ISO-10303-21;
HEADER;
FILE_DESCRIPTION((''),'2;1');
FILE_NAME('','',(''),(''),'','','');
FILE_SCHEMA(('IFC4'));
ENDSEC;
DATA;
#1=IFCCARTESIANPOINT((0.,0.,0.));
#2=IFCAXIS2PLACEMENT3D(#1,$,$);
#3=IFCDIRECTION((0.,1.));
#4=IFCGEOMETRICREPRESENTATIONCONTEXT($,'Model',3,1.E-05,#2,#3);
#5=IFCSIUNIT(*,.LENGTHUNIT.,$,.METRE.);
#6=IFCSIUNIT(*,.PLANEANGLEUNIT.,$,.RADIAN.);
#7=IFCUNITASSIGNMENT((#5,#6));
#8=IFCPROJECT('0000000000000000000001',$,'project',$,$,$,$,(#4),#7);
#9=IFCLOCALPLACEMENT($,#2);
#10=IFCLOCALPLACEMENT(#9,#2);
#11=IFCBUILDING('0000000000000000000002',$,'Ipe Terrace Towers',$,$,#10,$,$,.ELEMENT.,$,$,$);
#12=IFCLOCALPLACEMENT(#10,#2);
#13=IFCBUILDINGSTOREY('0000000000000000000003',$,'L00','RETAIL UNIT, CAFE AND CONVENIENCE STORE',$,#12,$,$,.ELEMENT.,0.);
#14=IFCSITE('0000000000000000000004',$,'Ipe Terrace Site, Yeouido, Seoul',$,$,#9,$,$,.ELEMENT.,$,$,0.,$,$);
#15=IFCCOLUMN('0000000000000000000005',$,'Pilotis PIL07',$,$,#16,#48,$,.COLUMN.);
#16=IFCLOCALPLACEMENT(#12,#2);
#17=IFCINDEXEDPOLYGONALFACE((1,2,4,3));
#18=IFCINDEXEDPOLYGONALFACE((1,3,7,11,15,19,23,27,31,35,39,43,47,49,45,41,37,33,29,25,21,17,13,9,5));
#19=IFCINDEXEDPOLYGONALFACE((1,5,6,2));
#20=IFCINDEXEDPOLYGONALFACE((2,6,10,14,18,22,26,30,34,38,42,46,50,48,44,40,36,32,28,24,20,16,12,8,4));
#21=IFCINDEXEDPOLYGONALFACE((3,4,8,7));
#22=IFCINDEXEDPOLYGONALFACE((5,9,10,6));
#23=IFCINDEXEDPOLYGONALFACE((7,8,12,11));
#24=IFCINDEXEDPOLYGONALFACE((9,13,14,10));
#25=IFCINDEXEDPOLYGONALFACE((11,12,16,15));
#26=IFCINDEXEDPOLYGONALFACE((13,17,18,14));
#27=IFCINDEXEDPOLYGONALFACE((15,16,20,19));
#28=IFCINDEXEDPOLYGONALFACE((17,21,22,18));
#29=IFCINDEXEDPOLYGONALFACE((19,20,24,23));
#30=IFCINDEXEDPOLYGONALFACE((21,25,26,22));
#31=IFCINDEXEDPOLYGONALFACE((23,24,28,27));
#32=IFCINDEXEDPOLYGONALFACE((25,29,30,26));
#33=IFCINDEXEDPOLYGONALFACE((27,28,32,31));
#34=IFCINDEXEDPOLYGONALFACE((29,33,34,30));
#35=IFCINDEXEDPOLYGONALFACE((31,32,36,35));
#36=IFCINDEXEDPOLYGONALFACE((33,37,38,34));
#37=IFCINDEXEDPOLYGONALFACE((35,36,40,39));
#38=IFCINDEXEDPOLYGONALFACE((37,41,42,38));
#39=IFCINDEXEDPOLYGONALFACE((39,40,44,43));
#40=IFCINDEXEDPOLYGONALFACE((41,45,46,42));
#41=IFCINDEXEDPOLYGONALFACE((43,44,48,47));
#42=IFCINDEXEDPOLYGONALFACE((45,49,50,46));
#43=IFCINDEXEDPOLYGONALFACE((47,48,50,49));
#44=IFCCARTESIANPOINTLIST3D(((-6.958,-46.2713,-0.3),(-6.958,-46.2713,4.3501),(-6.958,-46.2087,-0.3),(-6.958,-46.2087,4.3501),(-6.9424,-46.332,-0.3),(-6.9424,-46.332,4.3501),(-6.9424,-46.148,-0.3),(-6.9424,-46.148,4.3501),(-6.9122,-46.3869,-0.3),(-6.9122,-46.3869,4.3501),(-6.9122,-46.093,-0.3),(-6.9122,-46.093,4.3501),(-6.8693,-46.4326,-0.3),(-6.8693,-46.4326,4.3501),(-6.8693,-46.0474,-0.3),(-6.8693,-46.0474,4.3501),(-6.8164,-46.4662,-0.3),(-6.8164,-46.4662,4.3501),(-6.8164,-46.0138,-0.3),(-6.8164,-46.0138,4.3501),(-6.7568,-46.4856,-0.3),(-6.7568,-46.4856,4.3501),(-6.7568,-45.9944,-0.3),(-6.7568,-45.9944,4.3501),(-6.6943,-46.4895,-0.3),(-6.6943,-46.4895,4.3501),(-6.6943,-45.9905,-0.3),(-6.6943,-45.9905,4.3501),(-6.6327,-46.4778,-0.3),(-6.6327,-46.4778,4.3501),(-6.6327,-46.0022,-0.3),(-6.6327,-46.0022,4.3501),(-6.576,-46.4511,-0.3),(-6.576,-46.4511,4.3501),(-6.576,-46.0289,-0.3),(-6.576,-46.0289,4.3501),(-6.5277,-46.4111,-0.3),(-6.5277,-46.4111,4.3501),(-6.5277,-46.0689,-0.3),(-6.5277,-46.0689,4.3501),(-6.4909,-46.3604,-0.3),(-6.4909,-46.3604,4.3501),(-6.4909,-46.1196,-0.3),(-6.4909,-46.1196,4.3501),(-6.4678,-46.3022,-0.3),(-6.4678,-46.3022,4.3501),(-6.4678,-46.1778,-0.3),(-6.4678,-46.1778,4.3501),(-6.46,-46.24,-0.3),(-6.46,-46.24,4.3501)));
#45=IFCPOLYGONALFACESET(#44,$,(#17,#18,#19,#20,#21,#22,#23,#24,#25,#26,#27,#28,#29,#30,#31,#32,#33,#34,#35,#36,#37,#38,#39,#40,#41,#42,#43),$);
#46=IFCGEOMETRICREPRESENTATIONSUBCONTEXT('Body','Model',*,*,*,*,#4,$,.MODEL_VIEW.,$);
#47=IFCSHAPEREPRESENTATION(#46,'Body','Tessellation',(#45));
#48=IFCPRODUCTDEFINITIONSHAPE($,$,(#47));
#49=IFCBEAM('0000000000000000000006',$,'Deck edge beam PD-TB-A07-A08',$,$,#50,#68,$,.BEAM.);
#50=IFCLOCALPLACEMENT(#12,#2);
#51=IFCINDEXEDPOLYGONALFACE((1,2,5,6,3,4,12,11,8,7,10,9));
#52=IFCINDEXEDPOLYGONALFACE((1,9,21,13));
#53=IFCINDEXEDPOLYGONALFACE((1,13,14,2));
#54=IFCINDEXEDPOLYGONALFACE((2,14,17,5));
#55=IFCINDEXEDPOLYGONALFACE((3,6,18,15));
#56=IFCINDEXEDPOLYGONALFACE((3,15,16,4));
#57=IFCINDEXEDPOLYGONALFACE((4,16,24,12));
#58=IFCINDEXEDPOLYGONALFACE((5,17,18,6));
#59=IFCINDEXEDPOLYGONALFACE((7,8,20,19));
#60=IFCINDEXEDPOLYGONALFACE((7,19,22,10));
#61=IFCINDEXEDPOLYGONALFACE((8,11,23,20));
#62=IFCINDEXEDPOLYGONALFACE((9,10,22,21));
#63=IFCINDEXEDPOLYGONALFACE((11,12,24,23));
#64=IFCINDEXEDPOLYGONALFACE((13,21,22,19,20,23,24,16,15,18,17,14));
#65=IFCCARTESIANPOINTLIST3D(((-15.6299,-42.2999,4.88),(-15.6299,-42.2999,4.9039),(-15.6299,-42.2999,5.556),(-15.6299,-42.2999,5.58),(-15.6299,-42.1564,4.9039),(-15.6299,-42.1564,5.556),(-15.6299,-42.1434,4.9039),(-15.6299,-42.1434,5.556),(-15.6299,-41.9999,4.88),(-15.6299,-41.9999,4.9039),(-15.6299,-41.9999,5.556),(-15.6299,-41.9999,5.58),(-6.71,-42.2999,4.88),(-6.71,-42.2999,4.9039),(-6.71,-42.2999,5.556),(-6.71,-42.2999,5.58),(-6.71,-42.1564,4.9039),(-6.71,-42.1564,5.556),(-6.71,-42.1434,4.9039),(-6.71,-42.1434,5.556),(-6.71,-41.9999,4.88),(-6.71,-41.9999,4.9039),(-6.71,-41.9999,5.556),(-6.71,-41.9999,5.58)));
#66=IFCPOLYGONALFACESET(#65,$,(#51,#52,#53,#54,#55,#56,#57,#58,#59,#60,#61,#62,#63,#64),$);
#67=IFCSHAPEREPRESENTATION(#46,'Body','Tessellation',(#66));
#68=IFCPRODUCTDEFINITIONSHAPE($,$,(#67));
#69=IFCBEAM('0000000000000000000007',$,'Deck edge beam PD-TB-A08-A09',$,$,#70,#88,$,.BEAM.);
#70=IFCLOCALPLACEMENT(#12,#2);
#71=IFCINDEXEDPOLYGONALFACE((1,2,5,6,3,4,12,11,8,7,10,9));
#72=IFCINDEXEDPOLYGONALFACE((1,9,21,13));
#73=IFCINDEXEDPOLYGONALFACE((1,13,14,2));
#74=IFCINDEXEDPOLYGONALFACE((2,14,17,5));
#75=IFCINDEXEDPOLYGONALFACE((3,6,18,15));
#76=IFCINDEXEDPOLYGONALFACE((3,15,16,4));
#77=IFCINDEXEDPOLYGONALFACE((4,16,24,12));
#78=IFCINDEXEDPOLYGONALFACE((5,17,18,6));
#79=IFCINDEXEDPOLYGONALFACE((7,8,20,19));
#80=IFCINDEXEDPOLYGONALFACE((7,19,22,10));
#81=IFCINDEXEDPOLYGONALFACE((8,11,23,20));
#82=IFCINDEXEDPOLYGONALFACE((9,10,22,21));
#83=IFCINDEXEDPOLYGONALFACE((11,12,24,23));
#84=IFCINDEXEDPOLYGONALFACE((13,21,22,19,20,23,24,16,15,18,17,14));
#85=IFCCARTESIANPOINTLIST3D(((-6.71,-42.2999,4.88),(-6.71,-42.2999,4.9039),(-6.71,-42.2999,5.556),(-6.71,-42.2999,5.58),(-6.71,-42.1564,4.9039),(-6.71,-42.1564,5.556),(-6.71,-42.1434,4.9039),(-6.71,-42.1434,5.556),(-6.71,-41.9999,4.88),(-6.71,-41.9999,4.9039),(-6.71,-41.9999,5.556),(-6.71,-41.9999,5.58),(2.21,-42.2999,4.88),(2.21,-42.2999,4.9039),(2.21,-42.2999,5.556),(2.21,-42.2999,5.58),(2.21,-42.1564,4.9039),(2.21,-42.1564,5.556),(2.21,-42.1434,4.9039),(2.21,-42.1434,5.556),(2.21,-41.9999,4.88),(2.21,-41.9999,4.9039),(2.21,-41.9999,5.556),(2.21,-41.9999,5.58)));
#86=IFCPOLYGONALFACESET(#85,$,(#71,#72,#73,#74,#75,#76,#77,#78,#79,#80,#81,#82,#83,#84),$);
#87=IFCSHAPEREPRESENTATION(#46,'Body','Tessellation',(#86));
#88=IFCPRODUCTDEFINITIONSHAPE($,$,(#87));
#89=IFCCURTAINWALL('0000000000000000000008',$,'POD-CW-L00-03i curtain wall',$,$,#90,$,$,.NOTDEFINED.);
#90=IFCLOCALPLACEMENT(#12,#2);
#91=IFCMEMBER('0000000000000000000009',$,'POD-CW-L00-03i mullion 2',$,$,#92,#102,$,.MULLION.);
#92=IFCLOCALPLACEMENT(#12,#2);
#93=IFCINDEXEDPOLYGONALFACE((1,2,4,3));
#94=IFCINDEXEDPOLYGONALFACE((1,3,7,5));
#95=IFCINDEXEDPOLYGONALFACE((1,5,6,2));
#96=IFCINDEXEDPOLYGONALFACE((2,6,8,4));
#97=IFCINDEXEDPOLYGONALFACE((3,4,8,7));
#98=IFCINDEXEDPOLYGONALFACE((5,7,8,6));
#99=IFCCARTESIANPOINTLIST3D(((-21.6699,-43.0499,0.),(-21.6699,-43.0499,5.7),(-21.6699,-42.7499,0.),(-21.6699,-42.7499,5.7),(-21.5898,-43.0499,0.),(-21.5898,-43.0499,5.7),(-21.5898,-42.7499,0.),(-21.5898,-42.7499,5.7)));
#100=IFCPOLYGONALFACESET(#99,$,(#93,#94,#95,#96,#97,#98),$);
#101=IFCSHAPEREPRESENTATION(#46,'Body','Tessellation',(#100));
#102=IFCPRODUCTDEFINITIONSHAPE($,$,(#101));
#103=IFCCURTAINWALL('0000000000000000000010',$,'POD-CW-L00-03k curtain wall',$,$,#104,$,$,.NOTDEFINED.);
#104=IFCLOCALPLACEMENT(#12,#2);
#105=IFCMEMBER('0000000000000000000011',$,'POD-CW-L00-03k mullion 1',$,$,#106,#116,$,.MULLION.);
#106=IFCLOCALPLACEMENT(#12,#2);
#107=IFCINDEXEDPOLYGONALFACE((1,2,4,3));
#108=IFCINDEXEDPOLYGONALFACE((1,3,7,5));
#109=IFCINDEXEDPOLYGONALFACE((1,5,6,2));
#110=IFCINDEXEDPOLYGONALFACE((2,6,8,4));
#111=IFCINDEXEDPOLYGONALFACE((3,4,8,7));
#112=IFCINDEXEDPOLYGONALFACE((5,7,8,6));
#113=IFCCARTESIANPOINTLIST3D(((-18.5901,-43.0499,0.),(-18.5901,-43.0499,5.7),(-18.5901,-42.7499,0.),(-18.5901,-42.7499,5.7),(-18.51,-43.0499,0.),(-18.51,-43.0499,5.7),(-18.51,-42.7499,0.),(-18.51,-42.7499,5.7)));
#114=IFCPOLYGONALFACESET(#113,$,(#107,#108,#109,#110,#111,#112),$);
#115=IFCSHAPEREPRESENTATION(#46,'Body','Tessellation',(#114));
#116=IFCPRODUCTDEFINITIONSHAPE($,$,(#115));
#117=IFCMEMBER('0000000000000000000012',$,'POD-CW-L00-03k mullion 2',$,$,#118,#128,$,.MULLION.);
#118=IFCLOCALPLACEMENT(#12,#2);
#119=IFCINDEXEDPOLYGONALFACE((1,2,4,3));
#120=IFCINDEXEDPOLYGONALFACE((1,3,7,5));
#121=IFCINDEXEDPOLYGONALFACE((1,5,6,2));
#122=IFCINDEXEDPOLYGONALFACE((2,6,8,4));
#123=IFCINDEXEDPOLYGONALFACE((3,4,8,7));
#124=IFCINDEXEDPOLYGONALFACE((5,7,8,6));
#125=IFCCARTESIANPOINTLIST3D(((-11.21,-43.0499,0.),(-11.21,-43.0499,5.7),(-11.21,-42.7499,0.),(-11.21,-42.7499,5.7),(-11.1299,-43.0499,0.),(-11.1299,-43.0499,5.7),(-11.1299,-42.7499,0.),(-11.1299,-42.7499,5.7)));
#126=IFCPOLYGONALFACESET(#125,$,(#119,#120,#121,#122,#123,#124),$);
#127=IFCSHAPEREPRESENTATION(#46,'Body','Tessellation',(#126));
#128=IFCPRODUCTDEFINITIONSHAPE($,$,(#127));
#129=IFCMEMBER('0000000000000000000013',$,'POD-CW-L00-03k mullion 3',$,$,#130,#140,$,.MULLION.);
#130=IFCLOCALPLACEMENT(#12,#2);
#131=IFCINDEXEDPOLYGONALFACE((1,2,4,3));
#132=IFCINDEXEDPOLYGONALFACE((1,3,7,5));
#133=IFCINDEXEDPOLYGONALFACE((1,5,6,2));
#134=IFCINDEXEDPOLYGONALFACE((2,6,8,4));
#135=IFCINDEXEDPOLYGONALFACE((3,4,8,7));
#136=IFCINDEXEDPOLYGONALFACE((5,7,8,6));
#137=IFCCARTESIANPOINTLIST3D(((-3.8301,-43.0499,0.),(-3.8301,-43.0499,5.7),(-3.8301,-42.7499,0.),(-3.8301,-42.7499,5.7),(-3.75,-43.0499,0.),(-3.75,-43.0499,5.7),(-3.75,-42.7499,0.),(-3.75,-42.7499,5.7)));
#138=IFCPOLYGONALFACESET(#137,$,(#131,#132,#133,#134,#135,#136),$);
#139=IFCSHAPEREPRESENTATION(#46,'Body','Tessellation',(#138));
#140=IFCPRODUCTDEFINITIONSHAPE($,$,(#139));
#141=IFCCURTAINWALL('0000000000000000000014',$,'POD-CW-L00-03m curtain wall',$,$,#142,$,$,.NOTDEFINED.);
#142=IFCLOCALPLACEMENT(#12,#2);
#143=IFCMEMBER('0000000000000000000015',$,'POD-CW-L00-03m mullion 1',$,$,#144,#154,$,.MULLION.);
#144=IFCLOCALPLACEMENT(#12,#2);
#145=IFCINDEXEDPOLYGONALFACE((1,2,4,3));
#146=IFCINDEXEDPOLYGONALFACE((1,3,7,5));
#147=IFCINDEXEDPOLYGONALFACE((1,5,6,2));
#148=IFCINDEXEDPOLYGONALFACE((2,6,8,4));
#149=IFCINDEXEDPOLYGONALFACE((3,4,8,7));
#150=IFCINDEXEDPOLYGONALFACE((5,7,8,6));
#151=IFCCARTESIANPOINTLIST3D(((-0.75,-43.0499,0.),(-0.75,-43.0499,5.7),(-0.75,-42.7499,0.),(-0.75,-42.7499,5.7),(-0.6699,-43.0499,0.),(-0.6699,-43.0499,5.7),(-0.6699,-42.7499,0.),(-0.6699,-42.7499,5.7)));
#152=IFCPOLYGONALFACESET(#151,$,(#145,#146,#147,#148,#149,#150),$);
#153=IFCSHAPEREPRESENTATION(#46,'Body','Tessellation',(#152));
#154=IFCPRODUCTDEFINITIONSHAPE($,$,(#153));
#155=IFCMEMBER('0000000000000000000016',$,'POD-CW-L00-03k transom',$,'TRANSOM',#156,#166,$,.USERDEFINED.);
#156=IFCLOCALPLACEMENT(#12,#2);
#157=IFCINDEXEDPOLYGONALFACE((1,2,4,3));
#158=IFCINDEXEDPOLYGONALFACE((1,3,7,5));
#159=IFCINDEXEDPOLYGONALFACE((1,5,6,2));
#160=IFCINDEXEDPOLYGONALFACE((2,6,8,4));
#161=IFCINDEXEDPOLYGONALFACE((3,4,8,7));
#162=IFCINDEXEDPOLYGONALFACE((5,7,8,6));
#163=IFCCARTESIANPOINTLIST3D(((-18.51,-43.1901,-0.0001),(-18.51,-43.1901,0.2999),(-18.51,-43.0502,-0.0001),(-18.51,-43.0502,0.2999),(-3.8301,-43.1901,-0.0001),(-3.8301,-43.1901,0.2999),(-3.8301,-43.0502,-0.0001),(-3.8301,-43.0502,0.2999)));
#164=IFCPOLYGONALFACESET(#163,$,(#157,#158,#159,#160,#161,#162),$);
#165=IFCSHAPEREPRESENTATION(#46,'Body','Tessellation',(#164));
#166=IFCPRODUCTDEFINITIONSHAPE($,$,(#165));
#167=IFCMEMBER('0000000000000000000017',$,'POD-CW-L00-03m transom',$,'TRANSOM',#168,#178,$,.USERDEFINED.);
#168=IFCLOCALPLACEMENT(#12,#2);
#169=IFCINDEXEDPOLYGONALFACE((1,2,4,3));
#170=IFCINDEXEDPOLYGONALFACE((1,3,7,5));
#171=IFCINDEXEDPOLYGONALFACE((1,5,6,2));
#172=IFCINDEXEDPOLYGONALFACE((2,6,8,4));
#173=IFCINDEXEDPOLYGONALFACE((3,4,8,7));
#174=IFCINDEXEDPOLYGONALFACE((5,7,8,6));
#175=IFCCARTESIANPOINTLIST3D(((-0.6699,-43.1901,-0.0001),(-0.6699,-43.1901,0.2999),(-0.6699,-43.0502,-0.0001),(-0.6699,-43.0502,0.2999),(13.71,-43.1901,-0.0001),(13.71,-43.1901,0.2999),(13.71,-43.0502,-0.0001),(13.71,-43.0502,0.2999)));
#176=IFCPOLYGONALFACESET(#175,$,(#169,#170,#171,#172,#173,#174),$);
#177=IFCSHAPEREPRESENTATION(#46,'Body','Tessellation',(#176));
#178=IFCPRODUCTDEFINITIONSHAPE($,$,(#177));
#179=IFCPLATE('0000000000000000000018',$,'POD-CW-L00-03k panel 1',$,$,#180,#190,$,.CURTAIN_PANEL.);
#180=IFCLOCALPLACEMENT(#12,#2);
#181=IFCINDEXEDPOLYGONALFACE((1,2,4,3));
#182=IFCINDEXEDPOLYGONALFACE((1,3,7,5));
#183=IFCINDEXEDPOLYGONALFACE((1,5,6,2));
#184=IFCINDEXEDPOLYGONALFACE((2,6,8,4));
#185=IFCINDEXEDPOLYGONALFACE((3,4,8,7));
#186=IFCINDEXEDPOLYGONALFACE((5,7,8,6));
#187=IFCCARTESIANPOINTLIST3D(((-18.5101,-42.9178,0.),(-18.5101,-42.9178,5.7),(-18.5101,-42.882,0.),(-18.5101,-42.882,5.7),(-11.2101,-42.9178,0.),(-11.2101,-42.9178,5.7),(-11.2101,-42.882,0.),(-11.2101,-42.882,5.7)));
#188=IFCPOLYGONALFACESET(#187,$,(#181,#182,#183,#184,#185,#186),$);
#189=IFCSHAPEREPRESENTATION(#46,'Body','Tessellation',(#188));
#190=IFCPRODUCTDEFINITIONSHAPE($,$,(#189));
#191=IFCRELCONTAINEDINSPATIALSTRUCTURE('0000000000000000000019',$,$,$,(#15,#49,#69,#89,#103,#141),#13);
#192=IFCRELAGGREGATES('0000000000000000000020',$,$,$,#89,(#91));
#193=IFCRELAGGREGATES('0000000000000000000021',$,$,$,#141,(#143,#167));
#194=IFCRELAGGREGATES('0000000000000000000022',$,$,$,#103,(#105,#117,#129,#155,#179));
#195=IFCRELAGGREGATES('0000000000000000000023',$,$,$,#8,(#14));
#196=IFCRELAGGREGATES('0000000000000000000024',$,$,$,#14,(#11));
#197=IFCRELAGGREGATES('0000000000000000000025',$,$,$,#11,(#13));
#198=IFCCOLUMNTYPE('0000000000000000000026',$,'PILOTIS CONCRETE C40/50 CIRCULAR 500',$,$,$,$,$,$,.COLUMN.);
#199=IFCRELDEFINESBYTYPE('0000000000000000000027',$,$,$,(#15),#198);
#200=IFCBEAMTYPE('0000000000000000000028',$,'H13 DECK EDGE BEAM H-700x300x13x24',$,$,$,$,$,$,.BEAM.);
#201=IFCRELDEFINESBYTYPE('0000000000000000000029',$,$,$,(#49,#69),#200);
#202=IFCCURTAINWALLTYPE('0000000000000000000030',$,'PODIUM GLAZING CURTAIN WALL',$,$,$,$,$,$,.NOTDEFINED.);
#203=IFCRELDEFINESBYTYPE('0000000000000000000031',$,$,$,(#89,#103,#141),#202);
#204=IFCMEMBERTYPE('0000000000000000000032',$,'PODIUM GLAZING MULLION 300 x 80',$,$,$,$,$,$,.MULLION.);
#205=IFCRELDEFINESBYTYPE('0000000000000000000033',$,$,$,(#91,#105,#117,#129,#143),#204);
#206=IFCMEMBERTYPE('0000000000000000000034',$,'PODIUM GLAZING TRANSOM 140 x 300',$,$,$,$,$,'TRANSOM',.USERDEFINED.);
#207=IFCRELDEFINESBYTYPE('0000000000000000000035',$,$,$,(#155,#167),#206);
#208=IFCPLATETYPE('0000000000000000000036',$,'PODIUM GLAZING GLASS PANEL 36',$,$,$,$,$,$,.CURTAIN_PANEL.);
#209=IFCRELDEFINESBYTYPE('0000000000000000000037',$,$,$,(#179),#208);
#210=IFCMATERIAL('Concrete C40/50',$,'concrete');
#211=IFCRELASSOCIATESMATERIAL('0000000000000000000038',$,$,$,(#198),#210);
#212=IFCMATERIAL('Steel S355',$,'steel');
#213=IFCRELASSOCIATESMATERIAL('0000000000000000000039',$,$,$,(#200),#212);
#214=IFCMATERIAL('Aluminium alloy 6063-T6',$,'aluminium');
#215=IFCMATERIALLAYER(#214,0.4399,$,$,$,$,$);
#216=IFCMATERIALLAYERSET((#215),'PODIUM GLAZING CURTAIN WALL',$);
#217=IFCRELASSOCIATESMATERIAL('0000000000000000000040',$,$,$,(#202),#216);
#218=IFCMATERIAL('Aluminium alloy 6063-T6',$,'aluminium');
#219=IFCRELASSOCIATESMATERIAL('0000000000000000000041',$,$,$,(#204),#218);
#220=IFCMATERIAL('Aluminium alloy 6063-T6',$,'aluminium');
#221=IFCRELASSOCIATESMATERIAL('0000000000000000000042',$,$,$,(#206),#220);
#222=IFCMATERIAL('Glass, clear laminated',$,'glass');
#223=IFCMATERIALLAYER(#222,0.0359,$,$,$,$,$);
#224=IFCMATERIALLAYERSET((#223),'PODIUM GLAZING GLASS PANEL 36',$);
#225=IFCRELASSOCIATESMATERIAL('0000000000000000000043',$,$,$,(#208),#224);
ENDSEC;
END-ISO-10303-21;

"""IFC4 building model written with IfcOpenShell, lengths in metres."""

from ifc_helpers import new_model, si_unit, direction, frame, origin, origin_2d, place, context, subcontext, project, spatial, rectangle, circle, i_section, extrude, material, layer, layer_set, material_profile, profile_set, type_object, element, aggregate, save


model = new_model("IFC4")

# Units and contexts
model_context = context("Model", 3, precision=1e-05, world=origin(), true_north=direction((0.0, 1.0)))
body_context = subcontext(model_context, "Body", "Model", "MODEL_VIEW")
ifc_project = project(units=[si_unit("LENGTHUNIT", "METRE"), si_unit("PLANEANGLEUNIT", "RADIAN")], contexts=[model_context])

# Site, building, storey
site_placement = place(None, origin())
site = spatial("IfcSite", under=ifc_project, at=site_placement, Name="Ipe Terrace Site, Yeouido, Seoul", CompositionType="ELEMENT", RefElevation=0.0)
building_placement = place(site_placement, origin())
building = spatial("IfcBuilding", under=site, at=building_placement, Name="Ipe Terrace Towers", CompositionType="ELEMENT")
storey_placement = place(building_placement, origin())
storey = spatial("IfcBuildingStorey", under=building, at=storey_placement, Name="L00", Description="RETAIL UNIT, CAFE AND CONVENIENCE STORE", CompositionType="ELEMENT", Elevation=0.0)

# Column
ifc_material_1 = material(Name="Concrete C40/50", Category="concrete")
ifc_material_profile_1 = material_profile(ifc_material_1, circle(Radius=0.25, at=origin_2d()), Name="PILOTIS CONCRETE C40/50 CIRCULAR 500")
ifc_profile_set_1 = profile_set([ifc_material_profile_1], Name="Concrete C40/50")
column_type_1 = type_object("IfcColumnType", Name="PILOTIS CONCRETE C40/50 CIRCULAR 500", PredefinedType="COLUMN", material=ifc_profile_set_1)
for number, where, z_axis, x_axis, name in (
    (1, (-6.71, -46.24, -0.3), (0.0, 0.0, 1.0), (1.0, 0.0, 0.0), "Pilotis PIL07"),
):
    element("IfcColumn", number, at=place(storey_placement, frame(where, z_axis=z_axis, x_axis=x_axis)), inside=storey, type_object=column_type_1, Name=name, PredefinedType="COLUMN", context=body_context, shape_type="SweptSolid", body=[
        extrude(circle(Radius=0.25, at=origin_2d()), origin(), (0.0, 0.0, 1.0), 4.6501),
    ])

# Beams
ifc_material_2 = material(Name="Steel S355", Category="steel")
ifc_material_profile_2 = material_profile(ifc_material_2, i_section(OverallWidth=0.3, OverallDepth=0.7, WebThickness=0.0129, FlangeThickness=0.0239, at=origin_2d()), Name="H-700x300x13x24")
ifc_profile_set_2 = profile_set([ifc_material_profile_2], Name="Steel S355")
beam_type = type_object("IfcBeamType", Name="H13 DECK EDGE BEAM H-700x300x13x24", PredefinedType="BEAM", material=ifc_profile_set_2)
for number, where, z_axis, x_axis, name in (
    (2, (-15.6299, -42.1499, 5.23), (1.0, 0.0, 0.0), (0.0, 1.0, 0.0), "Deck edge beam PD-TB-A07-A08"),
    (3, (-6.71, -42.1499, 5.23), (1.0, 0.0, 0.0), (0.0, 1.0, 0.0), "Deck edge beam PD-TB-A08-A09"),
):
    element("IfcBeam", number, at=place(storey_placement, frame(where, z_axis=z_axis, x_axis=x_axis)), inside=storey, type_object=beam_type, Name=name, PredefinedType="BEAM", context=body_context, shape_type="SweptSolid", body=[
        extrude(i_section(OverallWidth=0.3, OverallDepth=0.7, WebThickness=0.0129, FlangeThickness=0.0239, at=origin_2d()), origin(), (0.0, 0.0, 1.0), 8.9199),
    ])

# Curtain wall, member
ifc_material_3 = material(Name="Aluminium alloy 6063-T6", Category="aluminium")
ifc_layer_1 = layer(ifc_material_3, 0.4399)
ifc_layer_set_1 = layer_set([ifc_layer_1], Name="PODIUM GLAZING CURTAIN WALL")
curtain_wall_type = type_object("IfcCurtainWallType", Name="PODIUM GLAZING CURTAIN WALL", PredefinedType="NOTDEFINED", material=ifc_layer_set_1)
curtain_wall_1_placement = place(storey_placement, origin())
curtain_wall_1 = element("IfcCurtainWall", 4, at=curtain_wall_1_placement, inside=storey, type_object=curtain_wall_type, Name="POD-CW-L00-03i curtain wall", PredefinedType="NOTDEFINED")
ifc_material_4 = material(Name="Aluminium alloy 6063-T6", Category="aluminium")
ifc_material_profile_3 = material_profile(ifc_material_4, rectangle(XDim=0.3, YDim=0.0801, at=origin_2d()), Name="PODIUM GLAZING MULLION 300 x 80")
ifc_profile_set_3 = profile_set([ifc_material_profile_3], Name="Aluminium alloy 6063-T6")
member_type_1 = type_object("IfcMemberType", Name="PODIUM GLAZING MULLION 300 x 80", PredefinedType="MULLION", material=ifc_profile_set_3)
member_1_placement = place(storey_placement, frame((-21.6299, -42.8999, 0.0), z_axis=(0.0, 0.0, 1.0), x_axis=(0.0, -1.0, 0.0)))
member_1 = element("IfcMember", 5, at=member_1_placement, type_object=member_type_1, Name="POD-CW-L00-03i mullion 2", PredefinedType="MULLION", context=body_context, shape_type="SweptSolid", body=[
    extrude(rectangle(XDim=0.3, YDim=0.0801, at=origin_2d()), origin(), (0.0, 0.0, 1.0), 5.7),
])
aggregate(curtain_wall_1, [member_1])

# Curtain wall, members
curtain_wall_2_placement = place(storey_placement, origin())
curtain_wall_2 = element("IfcCurtainWall", 6, at=curtain_wall_2_placement, inside=storey, type_object=curtain_wall_type, Name="POD-CW-L00-03k curtain wall", PredefinedType="NOTDEFINED")
member_2_placement = place(storey_placement, frame((-18.55, -42.8999, 0.0), z_axis=(0.0, 0.0, 1.0), x_axis=(0.0, -1.0, 0.0)))
member_2 = element("IfcMember", 7, at=member_2_placement, type_object=member_type_1, Name="POD-CW-L00-03k mullion 1", PredefinedType="MULLION", context=body_context, shape_type="SweptSolid", body=[
    extrude(rectangle(XDim=0.3, YDim=0.0801, at=origin_2d()), origin(), (0.0, 0.0, 1.0), 5.7),
])
member_3_placement = place(storey_placement, frame((-11.1699, -42.8999, 0.0), z_axis=(0.0, 0.0, 1.0), x_axis=(0.0, -1.0, 0.0)))
member_3 = element("IfcMember", 8, at=member_3_placement, type_object=member_type_1, Name="POD-CW-L00-03k mullion 2", PredefinedType="MULLION", context=body_context, shape_type="SweptSolid", body=[
    extrude(rectangle(XDim=0.3, YDim=0.0801, at=origin_2d()), origin(), (0.0, 0.0, 1.0), 5.7),
])
member_4_placement = place(storey_placement, frame((-3.79, -42.8999, 0.0), z_axis=(0.0, 0.0, 1.0), x_axis=(0.0, -1.0, 0.0)))
member_4 = element("IfcMember", 9, at=member_4_placement, type_object=member_type_1, Name="POD-CW-L00-03k mullion 3", PredefinedType="MULLION", context=body_context, shape_type="SweptSolid", body=[
    extrude(rectangle(XDim=0.3, YDim=0.0801, at=origin_2d()), origin(), (0.0, 0.0, 1.0), 5.7),
])

# Curtain wall, member
curtain_wall_3_placement = place(storey_placement, origin())
curtain_wall_3 = element("IfcCurtainWall", 10, at=curtain_wall_3_placement, inside=storey, type_object=curtain_wall_type, Name="POD-CW-L00-03m curtain wall", PredefinedType="NOTDEFINED")
member_5_placement = place(storey_placement, frame((-0.71, -42.8999, 0.0), z_axis=(0.0, 0.0, 1.0), x_axis=(0.0, -1.0, 0.0)))
member_5 = element("IfcMember", 11, at=member_5_placement, type_object=member_type_1, Name="POD-CW-L00-03m mullion 1", PredefinedType="MULLION", context=body_context, shape_type="SweptSolid", body=[
    extrude(rectangle(XDim=0.3, YDim=0.0801, at=origin_2d()), origin(), (0.0, 0.0, 1.0), 5.7),
])

# Members
ifc_material_5 = material(Name="Aluminium alloy 6063-T6", Category="aluminium")
ifc_material_profile_4 = material_profile(ifc_material_5, rectangle(XDim=0.1399, YDim=0.3, at=origin_2d()), Name="PODIUM GLAZING TRANSOM 140 x 300")
ifc_profile_set_4 = profile_set([ifc_material_profile_4], Name="Aluminium alloy 6063-T6")
member_type_2 = type_object("IfcMemberType", Name="PODIUM GLAZING TRANSOM 140 x 300", ElementType="TRANSOM", PredefinedType="USERDEFINED", material=ifc_profile_set_4)
member_6_placement = place(storey_placement, frame((-18.51, -43.1201, 0.1499), z_axis=(1.0, 0.0, 0.0), x_axis=(0.0, -1.0, 0.0)))
member_6 = element("IfcMember", 12, at=member_6_placement, type_object=member_type_2, Name="POD-CW-L00-03k transom", ObjectType="TRANSOM", PredefinedType="USERDEFINED", context=body_context, shape_type="SweptSolid", body=[
    extrude(rectangle(XDim=0.1399, YDim=0.3, at=origin_2d()), origin(), (0.0, 0.0, 1.0), 14.6799),
])
member_7_placement = place(storey_placement, frame((-0.6699, -43.1201, 0.1499), z_axis=(1.0, 0.0, 0.0), x_axis=(0.0, -1.0, 0.0)))
member_7 = element("IfcMember", 13, at=member_7_placement, type_object=member_type_2, Name="POD-CW-L00-03m transom", ObjectType="TRANSOM", PredefinedType="USERDEFINED", context=body_context, shape_type="SweptSolid", body=[
    extrude(rectangle(XDim=0.1399, YDim=0.3, at=origin_2d()), origin(), (0.0, 0.0, 1.0), 14.3799),
])
aggregate(curtain_wall_3, [member_5, member_7])

# Plate
ifc_material_6 = material(Name="Glass, clear laminated", Category="glass")
ifc_layer_2 = layer(ifc_material_6, 0.0359)
ifc_layer_set_2 = layer_set([ifc_layer_2], Name="PODIUM GLAZING GLASS PANEL 36")
plate_type = type_object("IfcPlateType", Name="PODIUM GLAZING GLASS PANEL 36", PredefinedType="CURTAIN_PANEL", material=ifc_layer_set_2)
plate_1_placement = place(storey_placement, frame((-14.8601, -42.8999, 0.0), z_axis=(0.0, 0.0, 1.0), x_axis=(1.0, 0.0, 0.0)))
plate_1 = element("IfcPlate", 14, at=plate_1_placement, type_object=plate_type, Name="POD-CW-L00-03k panel 1", PredefinedType="CURTAIN_PANEL", context=body_context, shape_type="SweptSolid", body=[
    extrude(rectangle(XDim=7.3, YDim=0.0359, at=origin_2d()), origin(), (0.0, 0.0, 1.0), 5.7),
])
aggregate(curtain_wall_2, [member_2, member_3, member_4, member_6, plate_1])

save(model, "model.ifc")
